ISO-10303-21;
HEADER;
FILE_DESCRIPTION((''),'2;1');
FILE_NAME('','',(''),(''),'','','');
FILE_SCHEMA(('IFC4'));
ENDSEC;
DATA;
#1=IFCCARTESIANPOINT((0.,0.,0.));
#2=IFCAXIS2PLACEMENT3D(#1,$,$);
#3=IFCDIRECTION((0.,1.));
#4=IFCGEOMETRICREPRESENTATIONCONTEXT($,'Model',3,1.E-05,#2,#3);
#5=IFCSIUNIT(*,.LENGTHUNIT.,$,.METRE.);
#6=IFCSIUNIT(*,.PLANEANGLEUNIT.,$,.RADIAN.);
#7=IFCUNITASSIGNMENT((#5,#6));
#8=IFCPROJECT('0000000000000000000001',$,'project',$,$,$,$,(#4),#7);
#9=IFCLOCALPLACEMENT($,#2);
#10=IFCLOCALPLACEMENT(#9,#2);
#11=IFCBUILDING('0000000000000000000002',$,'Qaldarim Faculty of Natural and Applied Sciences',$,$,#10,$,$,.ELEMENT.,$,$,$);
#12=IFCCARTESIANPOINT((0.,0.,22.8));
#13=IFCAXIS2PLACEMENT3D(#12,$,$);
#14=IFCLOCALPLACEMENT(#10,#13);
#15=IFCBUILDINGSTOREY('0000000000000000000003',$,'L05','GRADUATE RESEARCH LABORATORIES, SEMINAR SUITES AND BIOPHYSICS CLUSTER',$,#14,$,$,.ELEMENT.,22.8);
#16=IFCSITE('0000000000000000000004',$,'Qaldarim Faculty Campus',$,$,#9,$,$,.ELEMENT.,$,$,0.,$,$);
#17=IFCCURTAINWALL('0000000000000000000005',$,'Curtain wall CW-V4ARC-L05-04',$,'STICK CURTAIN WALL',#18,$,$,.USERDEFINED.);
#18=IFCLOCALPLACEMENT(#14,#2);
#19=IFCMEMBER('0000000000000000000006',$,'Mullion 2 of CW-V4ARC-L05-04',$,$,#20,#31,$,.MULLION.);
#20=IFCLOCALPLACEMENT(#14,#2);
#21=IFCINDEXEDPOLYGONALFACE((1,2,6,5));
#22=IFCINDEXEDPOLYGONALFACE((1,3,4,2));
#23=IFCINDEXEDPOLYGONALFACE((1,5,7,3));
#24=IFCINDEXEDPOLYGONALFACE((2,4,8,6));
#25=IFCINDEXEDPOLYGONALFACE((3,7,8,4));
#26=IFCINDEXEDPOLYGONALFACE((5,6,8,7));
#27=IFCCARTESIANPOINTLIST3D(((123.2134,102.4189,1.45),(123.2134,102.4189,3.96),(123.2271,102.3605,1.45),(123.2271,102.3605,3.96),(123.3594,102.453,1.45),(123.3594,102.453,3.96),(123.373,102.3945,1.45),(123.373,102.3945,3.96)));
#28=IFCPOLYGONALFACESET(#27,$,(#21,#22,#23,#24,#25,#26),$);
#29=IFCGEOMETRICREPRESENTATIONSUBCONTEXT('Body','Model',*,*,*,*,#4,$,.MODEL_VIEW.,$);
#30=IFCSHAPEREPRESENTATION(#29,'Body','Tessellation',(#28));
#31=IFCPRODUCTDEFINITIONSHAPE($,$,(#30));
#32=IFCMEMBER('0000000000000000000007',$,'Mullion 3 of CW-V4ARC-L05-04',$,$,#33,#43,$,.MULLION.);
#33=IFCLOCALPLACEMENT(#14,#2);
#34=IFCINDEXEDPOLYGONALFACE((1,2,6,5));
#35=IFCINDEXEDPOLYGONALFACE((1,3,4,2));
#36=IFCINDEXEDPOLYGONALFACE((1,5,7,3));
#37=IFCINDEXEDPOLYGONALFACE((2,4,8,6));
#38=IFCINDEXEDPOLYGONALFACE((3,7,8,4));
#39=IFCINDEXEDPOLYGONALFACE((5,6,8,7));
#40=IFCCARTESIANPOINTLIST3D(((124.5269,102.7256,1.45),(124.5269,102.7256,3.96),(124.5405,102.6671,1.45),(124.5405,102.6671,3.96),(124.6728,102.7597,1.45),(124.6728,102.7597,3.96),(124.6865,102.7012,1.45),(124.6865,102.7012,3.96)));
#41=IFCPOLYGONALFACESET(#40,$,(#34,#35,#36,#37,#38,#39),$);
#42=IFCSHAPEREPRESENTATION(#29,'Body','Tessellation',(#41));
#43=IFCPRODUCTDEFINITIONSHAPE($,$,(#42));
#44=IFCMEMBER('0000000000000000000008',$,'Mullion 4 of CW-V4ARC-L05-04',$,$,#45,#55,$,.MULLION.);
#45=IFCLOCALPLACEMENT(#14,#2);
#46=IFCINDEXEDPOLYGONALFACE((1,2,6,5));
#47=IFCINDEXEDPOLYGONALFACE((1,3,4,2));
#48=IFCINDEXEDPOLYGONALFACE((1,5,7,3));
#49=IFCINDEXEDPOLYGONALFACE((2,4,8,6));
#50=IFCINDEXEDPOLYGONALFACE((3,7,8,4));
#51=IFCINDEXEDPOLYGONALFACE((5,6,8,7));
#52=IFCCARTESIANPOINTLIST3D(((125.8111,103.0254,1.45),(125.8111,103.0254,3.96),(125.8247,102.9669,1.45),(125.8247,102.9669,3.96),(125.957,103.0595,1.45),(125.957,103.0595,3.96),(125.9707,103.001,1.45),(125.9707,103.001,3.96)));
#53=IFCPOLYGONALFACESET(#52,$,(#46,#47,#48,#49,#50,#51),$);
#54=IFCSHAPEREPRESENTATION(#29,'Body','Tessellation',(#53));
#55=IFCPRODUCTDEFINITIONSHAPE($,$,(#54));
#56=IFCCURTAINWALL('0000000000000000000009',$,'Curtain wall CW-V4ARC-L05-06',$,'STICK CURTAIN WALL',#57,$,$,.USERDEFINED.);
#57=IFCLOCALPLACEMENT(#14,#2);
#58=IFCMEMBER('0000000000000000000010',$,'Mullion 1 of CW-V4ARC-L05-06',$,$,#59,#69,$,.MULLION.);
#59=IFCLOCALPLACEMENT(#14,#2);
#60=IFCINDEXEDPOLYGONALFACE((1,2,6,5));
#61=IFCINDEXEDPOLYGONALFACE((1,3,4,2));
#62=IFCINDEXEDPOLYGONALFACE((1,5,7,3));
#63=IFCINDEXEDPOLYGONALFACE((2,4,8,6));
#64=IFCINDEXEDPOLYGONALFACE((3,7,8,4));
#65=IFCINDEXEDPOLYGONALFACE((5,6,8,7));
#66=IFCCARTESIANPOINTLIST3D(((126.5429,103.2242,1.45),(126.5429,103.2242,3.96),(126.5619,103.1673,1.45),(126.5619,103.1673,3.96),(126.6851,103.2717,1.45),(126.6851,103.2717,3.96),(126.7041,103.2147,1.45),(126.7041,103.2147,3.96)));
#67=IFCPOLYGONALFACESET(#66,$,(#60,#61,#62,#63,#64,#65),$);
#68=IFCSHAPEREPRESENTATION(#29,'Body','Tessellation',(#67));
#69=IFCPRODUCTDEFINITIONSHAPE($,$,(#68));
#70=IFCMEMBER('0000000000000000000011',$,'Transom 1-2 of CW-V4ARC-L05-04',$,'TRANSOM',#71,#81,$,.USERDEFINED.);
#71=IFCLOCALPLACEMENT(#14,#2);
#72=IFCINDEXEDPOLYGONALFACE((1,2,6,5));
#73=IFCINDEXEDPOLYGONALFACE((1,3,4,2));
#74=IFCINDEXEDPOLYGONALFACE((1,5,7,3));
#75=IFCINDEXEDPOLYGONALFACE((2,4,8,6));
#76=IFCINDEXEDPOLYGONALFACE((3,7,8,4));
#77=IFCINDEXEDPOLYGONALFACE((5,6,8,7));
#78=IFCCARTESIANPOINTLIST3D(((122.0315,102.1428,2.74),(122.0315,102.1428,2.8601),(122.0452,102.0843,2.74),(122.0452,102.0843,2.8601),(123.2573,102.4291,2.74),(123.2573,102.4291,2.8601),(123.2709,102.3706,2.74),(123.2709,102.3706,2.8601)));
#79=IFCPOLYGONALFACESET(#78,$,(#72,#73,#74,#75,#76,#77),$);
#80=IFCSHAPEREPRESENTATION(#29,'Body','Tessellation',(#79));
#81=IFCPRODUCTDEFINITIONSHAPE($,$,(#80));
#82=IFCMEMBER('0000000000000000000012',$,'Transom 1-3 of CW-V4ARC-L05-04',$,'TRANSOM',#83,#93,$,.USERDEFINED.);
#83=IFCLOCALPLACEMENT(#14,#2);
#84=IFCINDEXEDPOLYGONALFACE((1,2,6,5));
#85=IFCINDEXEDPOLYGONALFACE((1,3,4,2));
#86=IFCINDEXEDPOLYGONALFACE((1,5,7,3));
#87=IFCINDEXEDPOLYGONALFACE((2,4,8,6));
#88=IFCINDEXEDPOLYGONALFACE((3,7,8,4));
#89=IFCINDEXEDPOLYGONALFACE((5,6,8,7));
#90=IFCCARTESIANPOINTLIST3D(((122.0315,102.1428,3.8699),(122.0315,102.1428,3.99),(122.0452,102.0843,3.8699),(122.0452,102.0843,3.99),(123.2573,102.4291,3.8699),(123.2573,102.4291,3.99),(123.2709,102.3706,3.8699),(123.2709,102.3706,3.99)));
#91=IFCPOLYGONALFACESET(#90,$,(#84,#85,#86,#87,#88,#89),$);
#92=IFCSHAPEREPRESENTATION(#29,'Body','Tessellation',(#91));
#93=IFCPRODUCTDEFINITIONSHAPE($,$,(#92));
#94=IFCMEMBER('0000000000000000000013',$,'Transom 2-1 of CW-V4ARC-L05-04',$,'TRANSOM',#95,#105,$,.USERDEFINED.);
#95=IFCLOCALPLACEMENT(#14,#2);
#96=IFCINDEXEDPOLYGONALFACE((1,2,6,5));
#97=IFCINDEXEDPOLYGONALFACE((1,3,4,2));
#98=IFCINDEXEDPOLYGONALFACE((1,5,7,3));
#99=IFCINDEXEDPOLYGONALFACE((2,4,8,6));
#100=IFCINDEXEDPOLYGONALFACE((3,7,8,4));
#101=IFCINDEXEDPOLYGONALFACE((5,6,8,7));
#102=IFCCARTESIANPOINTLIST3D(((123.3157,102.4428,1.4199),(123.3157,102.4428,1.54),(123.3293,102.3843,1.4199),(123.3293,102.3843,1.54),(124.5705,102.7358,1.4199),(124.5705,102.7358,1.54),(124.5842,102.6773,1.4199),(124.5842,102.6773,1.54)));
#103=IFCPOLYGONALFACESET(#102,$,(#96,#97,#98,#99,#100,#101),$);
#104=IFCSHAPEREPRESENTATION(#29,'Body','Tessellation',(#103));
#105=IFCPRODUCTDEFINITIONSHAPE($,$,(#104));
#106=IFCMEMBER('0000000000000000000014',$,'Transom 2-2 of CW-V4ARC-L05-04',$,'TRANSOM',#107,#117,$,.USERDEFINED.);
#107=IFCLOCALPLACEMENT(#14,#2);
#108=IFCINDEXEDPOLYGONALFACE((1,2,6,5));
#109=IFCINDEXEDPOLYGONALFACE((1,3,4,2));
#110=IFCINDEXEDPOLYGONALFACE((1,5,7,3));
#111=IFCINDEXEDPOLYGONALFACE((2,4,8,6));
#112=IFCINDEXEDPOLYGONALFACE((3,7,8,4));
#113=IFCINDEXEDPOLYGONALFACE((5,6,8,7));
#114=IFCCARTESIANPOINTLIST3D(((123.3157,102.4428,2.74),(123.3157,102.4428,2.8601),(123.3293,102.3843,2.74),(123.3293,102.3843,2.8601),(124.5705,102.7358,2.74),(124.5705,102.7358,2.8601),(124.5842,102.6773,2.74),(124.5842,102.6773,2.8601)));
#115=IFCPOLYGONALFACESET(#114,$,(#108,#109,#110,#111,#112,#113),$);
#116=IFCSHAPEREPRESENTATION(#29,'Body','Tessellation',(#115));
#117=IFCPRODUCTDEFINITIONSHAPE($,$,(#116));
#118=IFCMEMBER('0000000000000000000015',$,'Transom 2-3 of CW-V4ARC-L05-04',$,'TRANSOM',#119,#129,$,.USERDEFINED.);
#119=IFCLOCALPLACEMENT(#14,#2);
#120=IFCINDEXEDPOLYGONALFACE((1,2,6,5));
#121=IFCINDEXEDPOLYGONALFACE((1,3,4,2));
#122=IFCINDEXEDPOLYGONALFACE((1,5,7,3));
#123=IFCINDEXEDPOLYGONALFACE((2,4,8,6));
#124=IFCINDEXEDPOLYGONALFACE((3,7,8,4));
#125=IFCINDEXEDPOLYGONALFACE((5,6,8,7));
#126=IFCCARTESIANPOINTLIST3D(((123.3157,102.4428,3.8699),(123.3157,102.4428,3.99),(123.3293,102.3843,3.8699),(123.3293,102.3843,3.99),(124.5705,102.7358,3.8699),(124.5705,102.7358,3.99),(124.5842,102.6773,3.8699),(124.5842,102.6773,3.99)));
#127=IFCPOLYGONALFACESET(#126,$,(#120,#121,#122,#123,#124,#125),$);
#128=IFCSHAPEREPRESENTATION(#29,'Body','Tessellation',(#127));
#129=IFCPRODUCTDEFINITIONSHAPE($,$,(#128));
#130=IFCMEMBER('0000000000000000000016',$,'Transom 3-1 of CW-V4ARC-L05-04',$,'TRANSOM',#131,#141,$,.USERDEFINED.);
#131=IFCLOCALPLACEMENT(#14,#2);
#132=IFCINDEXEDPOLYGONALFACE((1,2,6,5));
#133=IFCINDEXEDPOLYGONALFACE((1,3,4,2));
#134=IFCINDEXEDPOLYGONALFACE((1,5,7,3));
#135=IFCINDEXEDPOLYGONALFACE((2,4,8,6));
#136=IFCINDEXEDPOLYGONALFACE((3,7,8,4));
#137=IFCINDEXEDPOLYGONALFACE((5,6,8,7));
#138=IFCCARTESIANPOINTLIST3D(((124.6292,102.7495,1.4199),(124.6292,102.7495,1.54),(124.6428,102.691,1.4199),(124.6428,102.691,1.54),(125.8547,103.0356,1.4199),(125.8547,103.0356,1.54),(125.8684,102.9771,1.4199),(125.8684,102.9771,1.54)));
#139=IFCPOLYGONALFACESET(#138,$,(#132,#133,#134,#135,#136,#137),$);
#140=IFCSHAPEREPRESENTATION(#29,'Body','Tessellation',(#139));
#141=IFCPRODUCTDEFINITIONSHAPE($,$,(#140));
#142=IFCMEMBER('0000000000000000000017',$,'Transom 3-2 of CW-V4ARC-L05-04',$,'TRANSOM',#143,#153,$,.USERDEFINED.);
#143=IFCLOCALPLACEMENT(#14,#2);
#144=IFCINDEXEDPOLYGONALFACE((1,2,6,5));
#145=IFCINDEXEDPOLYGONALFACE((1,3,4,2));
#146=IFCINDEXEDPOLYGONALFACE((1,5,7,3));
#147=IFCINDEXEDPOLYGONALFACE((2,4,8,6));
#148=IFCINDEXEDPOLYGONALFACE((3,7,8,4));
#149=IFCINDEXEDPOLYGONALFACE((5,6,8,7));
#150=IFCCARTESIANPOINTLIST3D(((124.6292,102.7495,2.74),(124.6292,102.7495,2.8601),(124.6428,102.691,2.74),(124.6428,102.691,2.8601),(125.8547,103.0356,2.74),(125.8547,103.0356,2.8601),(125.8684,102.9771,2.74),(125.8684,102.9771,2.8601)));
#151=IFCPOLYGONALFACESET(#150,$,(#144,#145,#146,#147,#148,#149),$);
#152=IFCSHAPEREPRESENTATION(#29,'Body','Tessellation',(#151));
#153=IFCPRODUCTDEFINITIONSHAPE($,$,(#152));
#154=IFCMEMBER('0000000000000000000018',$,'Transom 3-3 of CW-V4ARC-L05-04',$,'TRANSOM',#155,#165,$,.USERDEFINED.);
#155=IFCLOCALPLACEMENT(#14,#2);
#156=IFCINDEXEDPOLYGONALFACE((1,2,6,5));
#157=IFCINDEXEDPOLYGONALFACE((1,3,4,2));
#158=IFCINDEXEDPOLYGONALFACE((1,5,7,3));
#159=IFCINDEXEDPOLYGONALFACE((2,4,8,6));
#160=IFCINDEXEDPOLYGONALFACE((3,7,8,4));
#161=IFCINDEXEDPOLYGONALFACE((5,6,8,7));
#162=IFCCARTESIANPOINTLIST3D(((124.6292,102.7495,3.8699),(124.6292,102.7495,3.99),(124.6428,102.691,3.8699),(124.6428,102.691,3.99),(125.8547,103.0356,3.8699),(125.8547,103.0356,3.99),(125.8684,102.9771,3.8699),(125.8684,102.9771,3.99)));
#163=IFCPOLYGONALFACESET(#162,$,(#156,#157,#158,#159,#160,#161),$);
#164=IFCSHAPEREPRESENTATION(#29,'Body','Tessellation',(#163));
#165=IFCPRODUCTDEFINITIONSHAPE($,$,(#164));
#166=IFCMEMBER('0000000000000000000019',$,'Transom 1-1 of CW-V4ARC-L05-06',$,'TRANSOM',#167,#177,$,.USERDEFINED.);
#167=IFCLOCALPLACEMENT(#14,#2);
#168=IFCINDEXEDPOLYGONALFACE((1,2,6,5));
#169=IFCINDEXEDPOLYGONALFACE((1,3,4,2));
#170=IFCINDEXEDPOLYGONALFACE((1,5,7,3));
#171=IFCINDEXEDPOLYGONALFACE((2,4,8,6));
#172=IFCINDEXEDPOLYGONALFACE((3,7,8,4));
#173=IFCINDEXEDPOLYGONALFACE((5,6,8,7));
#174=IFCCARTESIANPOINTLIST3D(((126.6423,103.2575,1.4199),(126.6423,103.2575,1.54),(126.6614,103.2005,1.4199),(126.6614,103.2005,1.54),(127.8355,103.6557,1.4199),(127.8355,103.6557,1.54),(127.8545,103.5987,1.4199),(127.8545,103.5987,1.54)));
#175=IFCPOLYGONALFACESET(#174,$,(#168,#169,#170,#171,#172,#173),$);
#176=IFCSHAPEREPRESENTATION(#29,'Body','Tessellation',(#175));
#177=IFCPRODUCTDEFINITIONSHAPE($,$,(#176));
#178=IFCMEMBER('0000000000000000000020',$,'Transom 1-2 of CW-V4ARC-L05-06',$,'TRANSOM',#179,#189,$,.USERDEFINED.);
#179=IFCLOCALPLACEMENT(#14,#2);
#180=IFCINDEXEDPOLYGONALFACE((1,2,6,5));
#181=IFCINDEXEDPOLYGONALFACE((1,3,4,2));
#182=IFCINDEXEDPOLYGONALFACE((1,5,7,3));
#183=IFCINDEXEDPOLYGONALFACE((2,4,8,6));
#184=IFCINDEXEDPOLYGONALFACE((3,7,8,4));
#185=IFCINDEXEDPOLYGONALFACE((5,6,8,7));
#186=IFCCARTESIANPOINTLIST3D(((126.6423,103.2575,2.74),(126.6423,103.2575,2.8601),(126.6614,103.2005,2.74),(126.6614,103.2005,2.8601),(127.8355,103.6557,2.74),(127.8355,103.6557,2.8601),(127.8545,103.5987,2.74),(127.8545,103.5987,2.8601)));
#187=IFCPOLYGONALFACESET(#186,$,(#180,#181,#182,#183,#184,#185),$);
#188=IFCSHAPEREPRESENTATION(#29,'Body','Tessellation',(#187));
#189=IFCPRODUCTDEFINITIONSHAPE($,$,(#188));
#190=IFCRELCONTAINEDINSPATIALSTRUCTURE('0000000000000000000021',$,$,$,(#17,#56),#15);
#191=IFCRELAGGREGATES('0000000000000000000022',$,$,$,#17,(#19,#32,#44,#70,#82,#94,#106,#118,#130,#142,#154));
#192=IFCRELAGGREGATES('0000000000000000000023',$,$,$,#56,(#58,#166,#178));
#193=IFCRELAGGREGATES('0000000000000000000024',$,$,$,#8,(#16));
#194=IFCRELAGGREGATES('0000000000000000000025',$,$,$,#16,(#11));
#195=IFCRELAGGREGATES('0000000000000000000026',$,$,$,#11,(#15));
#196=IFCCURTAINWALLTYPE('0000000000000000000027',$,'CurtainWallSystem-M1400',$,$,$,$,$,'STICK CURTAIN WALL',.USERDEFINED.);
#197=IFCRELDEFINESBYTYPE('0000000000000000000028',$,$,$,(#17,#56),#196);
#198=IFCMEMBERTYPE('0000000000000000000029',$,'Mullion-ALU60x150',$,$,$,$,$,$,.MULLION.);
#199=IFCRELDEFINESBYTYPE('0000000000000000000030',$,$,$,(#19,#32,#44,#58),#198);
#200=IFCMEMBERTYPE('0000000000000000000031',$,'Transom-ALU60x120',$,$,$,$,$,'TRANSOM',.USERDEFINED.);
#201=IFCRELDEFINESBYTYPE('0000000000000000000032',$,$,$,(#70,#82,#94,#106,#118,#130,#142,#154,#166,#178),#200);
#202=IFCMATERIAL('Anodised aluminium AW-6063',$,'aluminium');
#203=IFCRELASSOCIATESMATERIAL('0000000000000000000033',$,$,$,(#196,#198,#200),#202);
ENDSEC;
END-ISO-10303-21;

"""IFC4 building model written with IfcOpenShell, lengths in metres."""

from ifc_helpers import new_model, si_unit, direction, frame, origin, origin_2d, place, context, subcontext, project, spatial, rectangle, extrude, material, material_profile, profile_set, type_object, element, aggregate, save


model = new_model("IFC4")

# Units and contexts
model_context = context("Model", 3, precision=1e-05, world=origin(), true_north=direction((0.0, 1.0)))
body_context = subcontext(model_context, "Body", "Model", "MODEL_VIEW")
ifc_project = project(units=[si_unit("LENGTHUNIT", "METRE"), si_unit("PLANEANGLEUNIT", "RADIAN")], contexts=[model_context])

# Site, building, storey
site_placement = place(None, origin())
site = spatial("IfcSite", under=ifc_project, at=site_placement, Name="Qaldarim Faculty Campus", CompositionType="ELEMENT", RefElevation=0.0)
building_placement = place(site_placement, origin())
building = spatial("IfcBuilding", under=site, at=building_placement, Name="Qaldarim Faculty of Natural and Applied Sciences", CompositionType="ELEMENT")
storey_placement = place(building_placement, frame((0.0, 0.0, 22.8)))
storey = spatial("IfcBuildingStorey", under=building, at=storey_placement, Name="L05", Description="GRADUATE RESEARCH LABORATORIES, SEMINAR SUITES AND BIOPHYSICS CLUSTER", CompositionType="ELEMENT", Elevation=22.8)

# Curtain wall, members
ifc_material_1 = material(Name="Anodised aluminium AW-6063", Category="aluminium")
curtain_wall_type = type_object("IfcCurtainWallType", Name="CurtainWallSystem-M1400", ElementType="STICK CURTAIN WALL", PredefinedType="USERDEFINED", material=ifc_material_1)
curtain_wall_1_placement = place(storey_placement, origin())
curtain_wall_1 = element("IfcCurtainWall", 1, at=curtain_wall_1_placement, inside=storey, type_object=curtain_wall_type, Name="Curtain wall CW-V4ARC-L05-04", ObjectType="STICK CURTAIN WALL", PredefinedType="USERDEFINED")
ifc_material_profile_1 = material_profile(ifc_material_1, rectangle(XDim=0.0601, YDim=0.1499, at=origin_2d()), Name="ALU-M60x150")
ifc_profile_set_1 = profile_set([ifc_material_profile_1], Name="Anodised aluminium AW-6063")
member_type_1 = type_object("IfcMemberType", Name="Mullion-ALU60x150", PredefinedType="MULLION", material=ifc_profile_set_1)
member_1_placement = place(storey_placement, frame((123.2932, 102.4067, 1.45), z_axis=(0.0, 0.0, 1.0), x_axis=(-0.227382, 0.973806, 0.0)))
member_1 = element("IfcMember", 2, at=member_1_placement, type_object=member_type_1, Name="Mullion 2 of CW-V4ARC-L05-04", PredefinedType="MULLION", context=body_context, shape_type="SweptSolid", body=[
    extrude(rectangle(XDim=0.0601, YDim=0.1499, at=origin_2d()), origin(), (0.0, 0.0, 1.0), 2.51),
])
member_2_placement = place(storey_placement, frame((124.6067, 102.7134, 1.45), z_axis=(0.0, 0.0, 1.0), x_axis=(-0.227382, 0.973806, 0.0)))
member_2 = element("IfcMember", 3, at=member_2_placement, type_object=member_type_1, Name="Mullion 3 of CW-V4ARC-L05-04", PredefinedType="MULLION", context=body_context, shape_type="SweptSolid", body=[
    extrude(rectangle(XDim=0.0601, YDim=0.1499, at=origin_2d()), origin(), (0.0, 0.0, 1.0), 2.51),
])
member_3_placement = place(storey_placement, frame((125.8909, 103.0132, 1.45), z_axis=(0.0, 0.0, 1.0), x_axis=(-0.227382, 0.973806, 0.0)))
member_3 = element("IfcMember", 4, at=member_3_placement, type_object=member_type_1, Name="Mullion 4 of CW-V4ARC-L05-04", PredefinedType="MULLION", context=body_context, shape_type="SweptSolid", body=[
    extrude(rectangle(XDim=0.0601, YDim=0.1499, at=origin_2d()), origin(), (0.0, 0.0, 1.0), 2.51),
])

# Curtain wall, member
curtain_wall_2_placement = place(storey_placement, origin())
curtain_wall_2 = element("IfcCurtainWall", 5, at=curtain_wall_2_placement, inside=storey, type_object=curtain_wall_type, Name="Curtain wall CW-V4ARC-L05-06", ObjectType="STICK CURTAIN WALL", PredefinedType="USERDEFINED")
member_4_placement = place(storey_placement, frame((126.6235, 103.2195, 1.45), z_axis=(0.0, 0.0, 1.0), x_axis=(-0.316593, 0.948562, 0.0)))
member_4 = element("IfcMember", 6, at=member_4_placement, type_object=member_type_1, Name="Mullion 1 of CW-V4ARC-L05-06", PredefinedType="MULLION", context=body_context, shape_type="SweptSolid", body=[
    extrude(rectangle(XDim=0.0601, YDim=0.1499, at=origin_2d()), origin(), (0.0, 0.0, 1.0), 2.51),
])

# Members
ifc_material_profile_2 = material_profile(ifc_material_1, rectangle(XDim=0.0601, YDim=0.1201, at=origin_2d()), Name="ALU-T60x120")
ifc_profile_set_2 = profile_set([ifc_material_profile_2], Name="Anodised aluminium AW-6063")
member_type_2 = type_object("IfcMemberType", Name="Transom-ALU60x120", ElementType="TRANSOM", PredefinedType="USERDEFINED", material=ifc_profile_set_2)
member_5_placement = place(storey_placement, frame((122.0383, 102.1135, 2.8), z_axis=(0.97378, 0.227493, 0.0), x_axis=(-0.227493, 0.97378, 0.0)))
member_5 = element("IfcMember", 7, at=member_5_placement, type_object=member_type_2, Name="Transom 1-2 of CW-V4ARC-L05-04", ObjectType="TRANSOM", PredefinedType="USERDEFINED", context=body_context, shape_type="SweptSolid", body=[
    extrude(rectangle(XDim=0.0601, YDim=0.1201, at=origin_2d()), origin(), (0.0, 0.0, 1.0), 1.2588),
])
member_6_placement = place(storey_placement, frame((122.0383, 102.1135, 3.9299), z_axis=(0.97378, 0.227493, 0.0), x_axis=(-0.227493, 0.97378, 0.0)))
member_6 = element("IfcMember", 8, at=member_6_placement, type_object=member_type_2, Name="Transom 1-3 of CW-V4ARC-L05-04", ObjectType="TRANSOM", PredefinedType="USERDEFINED", context=body_context, shape_type="SweptSolid", body=[
    extrude(rectangle(XDim=0.0601, YDim=0.1201, at=origin_2d()), origin(), (0.0, 0.0, 1.0), 1.2588),
])
member_7_placement = place(storey_placement, frame((123.3225, 102.4136, 1.48), z_axis=(0.973813, 0.227349, 0.0), x_axis=(-0.227349, 0.973813, 0.0)))
member_7 = element("IfcMember", 9, at=member_7_placement, type_object=member_type_2, Name="Transom 2-1 of CW-V4ARC-L05-04", ObjectType="TRANSOM", PredefinedType="USERDEFINED", context=body_context, shape_type="SweptSolid", body=[
    extrude(rectangle(XDim=0.0601, YDim=0.1201, at=origin_2d()), origin(), (0.0, 0.0, 1.0), 1.2886),
])
member_8_placement = place(storey_placement, frame((123.3225, 102.4136, 2.8), z_axis=(0.973813, 0.227349, 0.0), x_axis=(-0.227349, 0.973813, 0.0)))
member_8 = element("IfcMember", 10, at=member_8_placement, type_object=member_type_2, Name="Transom 2-2 of CW-V4ARC-L05-04", ObjectType="TRANSOM", PredefinedType="USERDEFINED", context=body_context, shape_type="SweptSolid", body=[
    extrude(rectangle(XDim=0.0601, YDim=0.1201, at=origin_2d()), origin(), (0.0, 0.0, 1.0), 1.2886),
])
member_9_placement = place(storey_placement, frame((123.3225, 102.4136, 3.9299), z_axis=(0.973813, 0.227349, 0.0), x_axis=(-0.227349, 0.973813, 0.0)))
member_9 = element("IfcMember", 11, at=member_9_placement, type_object=member_type_2, Name="Transom 2-3 of CW-V4ARC-L05-04", ObjectType="TRANSOM", PredefinedType="USERDEFINED", context=body_context, shape_type="SweptSolid", body=[
    extrude(rectangle(XDim=0.0601, YDim=0.1201, at=origin_2d()), origin(), (0.0, 0.0, 1.0), 1.2886),
])
member_10_placement = place(storey_placement, frame((124.636, 102.7202, 1.48), z_axis=(0.973813, 0.227352, 0.0), x_axis=(-0.227352, 0.973813, 0.0)))
member_10 = element("IfcMember", 12, at=member_10_placement, type_object=member_type_2, Name="Transom 3-1 of CW-V4ARC-L05-04", ObjectType="TRANSOM", PredefinedType="USERDEFINED", context=body_context, shape_type="SweptSolid", body=[
    extrude(rectangle(XDim=0.0601, YDim=0.1201, at=origin_2d()), origin(), (0.0, 0.0, 1.0), 1.2585),
])
member_11_placement = place(storey_placement, frame((124.636, 102.7202, 2.8), z_axis=(0.973813, 0.227352, 0.0), x_axis=(-0.227352, 0.973813, 0.0)))
member_11 = element("IfcMember", 13, at=member_11_placement, type_object=member_type_2, Name="Transom 3-2 of CW-V4ARC-L05-04", ObjectType="TRANSOM", PredefinedType="USERDEFINED", context=body_context, shape_type="SweptSolid", body=[
    extrude(rectangle(XDim=0.0601, YDim=0.1201, at=origin_2d()), origin(), (0.0, 0.0, 1.0), 1.2585),
])
member_12_placement = place(storey_placement, frame((124.636, 102.7202, 3.9299), z_axis=(0.973813, 0.227352, 0.0), x_axis=(-0.227352, 0.973813, 0.0)))
member_12 = element("IfcMember", 14, at=member_12_placement, type_object=member_type_2, Name="Transom 3-3 of CW-V4ARC-L05-04", ObjectType="TRANSOM", PredefinedType="USERDEFINED", context=body_context, shape_type="SweptSolid", body=[
    extrude(rectangle(XDim=0.0601, YDim=0.1201, at=origin_2d()), origin(), (0.0, 0.0, 1.0), 1.2585),
])
member_13_placement = place(storey_placement, frame((126.6519, 103.229, 1.48), z_axis=(0.948567, 0.316577, 0.0), x_axis=(-0.316577, 0.948567, 0.0)))
member_13 = element("IfcMember", 15, at=member_13_placement, type_object=member_type_2, Name="Transom 1-1 of CW-V4ARC-L05-06", ObjectType="TRANSOM", PredefinedType="USERDEFINED", context=body_context, shape_type="SweptSolid", body=[
    extrude(rectangle(XDim=0.0601, YDim=0.1201, at=origin_2d()), origin(), (0.0, 0.0, 1.0), 1.2578),
])
member_14_placement = place(storey_placement, frame((126.6519, 103.229, 2.8), z_axis=(0.948567, 0.316577, 0.0), x_axis=(-0.316577, 0.948567, 0.0)))
member_14 = element("IfcMember", 16, at=member_14_placement, type_object=member_type_2, Name="Transom 1-2 of CW-V4ARC-L05-06", ObjectType="TRANSOM", PredefinedType="USERDEFINED", context=body_context, shape_type="SweptSolid", body=[
    extrude(rectangle(XDim=0.0601, YDim=0.1201, at=origin_2d()), origin(), (0.0, 0.0, 1.0), 1.2578),
])

aggregate(curtain_wall_1, [member_1, member_2, member_3, member_5, member_6, member_7, member_8, member_9, member_10, member_11, member_12])
aggregate(curtain_wall_2, [member_4, member_13, member_14])

save(model, "model.ifc")
